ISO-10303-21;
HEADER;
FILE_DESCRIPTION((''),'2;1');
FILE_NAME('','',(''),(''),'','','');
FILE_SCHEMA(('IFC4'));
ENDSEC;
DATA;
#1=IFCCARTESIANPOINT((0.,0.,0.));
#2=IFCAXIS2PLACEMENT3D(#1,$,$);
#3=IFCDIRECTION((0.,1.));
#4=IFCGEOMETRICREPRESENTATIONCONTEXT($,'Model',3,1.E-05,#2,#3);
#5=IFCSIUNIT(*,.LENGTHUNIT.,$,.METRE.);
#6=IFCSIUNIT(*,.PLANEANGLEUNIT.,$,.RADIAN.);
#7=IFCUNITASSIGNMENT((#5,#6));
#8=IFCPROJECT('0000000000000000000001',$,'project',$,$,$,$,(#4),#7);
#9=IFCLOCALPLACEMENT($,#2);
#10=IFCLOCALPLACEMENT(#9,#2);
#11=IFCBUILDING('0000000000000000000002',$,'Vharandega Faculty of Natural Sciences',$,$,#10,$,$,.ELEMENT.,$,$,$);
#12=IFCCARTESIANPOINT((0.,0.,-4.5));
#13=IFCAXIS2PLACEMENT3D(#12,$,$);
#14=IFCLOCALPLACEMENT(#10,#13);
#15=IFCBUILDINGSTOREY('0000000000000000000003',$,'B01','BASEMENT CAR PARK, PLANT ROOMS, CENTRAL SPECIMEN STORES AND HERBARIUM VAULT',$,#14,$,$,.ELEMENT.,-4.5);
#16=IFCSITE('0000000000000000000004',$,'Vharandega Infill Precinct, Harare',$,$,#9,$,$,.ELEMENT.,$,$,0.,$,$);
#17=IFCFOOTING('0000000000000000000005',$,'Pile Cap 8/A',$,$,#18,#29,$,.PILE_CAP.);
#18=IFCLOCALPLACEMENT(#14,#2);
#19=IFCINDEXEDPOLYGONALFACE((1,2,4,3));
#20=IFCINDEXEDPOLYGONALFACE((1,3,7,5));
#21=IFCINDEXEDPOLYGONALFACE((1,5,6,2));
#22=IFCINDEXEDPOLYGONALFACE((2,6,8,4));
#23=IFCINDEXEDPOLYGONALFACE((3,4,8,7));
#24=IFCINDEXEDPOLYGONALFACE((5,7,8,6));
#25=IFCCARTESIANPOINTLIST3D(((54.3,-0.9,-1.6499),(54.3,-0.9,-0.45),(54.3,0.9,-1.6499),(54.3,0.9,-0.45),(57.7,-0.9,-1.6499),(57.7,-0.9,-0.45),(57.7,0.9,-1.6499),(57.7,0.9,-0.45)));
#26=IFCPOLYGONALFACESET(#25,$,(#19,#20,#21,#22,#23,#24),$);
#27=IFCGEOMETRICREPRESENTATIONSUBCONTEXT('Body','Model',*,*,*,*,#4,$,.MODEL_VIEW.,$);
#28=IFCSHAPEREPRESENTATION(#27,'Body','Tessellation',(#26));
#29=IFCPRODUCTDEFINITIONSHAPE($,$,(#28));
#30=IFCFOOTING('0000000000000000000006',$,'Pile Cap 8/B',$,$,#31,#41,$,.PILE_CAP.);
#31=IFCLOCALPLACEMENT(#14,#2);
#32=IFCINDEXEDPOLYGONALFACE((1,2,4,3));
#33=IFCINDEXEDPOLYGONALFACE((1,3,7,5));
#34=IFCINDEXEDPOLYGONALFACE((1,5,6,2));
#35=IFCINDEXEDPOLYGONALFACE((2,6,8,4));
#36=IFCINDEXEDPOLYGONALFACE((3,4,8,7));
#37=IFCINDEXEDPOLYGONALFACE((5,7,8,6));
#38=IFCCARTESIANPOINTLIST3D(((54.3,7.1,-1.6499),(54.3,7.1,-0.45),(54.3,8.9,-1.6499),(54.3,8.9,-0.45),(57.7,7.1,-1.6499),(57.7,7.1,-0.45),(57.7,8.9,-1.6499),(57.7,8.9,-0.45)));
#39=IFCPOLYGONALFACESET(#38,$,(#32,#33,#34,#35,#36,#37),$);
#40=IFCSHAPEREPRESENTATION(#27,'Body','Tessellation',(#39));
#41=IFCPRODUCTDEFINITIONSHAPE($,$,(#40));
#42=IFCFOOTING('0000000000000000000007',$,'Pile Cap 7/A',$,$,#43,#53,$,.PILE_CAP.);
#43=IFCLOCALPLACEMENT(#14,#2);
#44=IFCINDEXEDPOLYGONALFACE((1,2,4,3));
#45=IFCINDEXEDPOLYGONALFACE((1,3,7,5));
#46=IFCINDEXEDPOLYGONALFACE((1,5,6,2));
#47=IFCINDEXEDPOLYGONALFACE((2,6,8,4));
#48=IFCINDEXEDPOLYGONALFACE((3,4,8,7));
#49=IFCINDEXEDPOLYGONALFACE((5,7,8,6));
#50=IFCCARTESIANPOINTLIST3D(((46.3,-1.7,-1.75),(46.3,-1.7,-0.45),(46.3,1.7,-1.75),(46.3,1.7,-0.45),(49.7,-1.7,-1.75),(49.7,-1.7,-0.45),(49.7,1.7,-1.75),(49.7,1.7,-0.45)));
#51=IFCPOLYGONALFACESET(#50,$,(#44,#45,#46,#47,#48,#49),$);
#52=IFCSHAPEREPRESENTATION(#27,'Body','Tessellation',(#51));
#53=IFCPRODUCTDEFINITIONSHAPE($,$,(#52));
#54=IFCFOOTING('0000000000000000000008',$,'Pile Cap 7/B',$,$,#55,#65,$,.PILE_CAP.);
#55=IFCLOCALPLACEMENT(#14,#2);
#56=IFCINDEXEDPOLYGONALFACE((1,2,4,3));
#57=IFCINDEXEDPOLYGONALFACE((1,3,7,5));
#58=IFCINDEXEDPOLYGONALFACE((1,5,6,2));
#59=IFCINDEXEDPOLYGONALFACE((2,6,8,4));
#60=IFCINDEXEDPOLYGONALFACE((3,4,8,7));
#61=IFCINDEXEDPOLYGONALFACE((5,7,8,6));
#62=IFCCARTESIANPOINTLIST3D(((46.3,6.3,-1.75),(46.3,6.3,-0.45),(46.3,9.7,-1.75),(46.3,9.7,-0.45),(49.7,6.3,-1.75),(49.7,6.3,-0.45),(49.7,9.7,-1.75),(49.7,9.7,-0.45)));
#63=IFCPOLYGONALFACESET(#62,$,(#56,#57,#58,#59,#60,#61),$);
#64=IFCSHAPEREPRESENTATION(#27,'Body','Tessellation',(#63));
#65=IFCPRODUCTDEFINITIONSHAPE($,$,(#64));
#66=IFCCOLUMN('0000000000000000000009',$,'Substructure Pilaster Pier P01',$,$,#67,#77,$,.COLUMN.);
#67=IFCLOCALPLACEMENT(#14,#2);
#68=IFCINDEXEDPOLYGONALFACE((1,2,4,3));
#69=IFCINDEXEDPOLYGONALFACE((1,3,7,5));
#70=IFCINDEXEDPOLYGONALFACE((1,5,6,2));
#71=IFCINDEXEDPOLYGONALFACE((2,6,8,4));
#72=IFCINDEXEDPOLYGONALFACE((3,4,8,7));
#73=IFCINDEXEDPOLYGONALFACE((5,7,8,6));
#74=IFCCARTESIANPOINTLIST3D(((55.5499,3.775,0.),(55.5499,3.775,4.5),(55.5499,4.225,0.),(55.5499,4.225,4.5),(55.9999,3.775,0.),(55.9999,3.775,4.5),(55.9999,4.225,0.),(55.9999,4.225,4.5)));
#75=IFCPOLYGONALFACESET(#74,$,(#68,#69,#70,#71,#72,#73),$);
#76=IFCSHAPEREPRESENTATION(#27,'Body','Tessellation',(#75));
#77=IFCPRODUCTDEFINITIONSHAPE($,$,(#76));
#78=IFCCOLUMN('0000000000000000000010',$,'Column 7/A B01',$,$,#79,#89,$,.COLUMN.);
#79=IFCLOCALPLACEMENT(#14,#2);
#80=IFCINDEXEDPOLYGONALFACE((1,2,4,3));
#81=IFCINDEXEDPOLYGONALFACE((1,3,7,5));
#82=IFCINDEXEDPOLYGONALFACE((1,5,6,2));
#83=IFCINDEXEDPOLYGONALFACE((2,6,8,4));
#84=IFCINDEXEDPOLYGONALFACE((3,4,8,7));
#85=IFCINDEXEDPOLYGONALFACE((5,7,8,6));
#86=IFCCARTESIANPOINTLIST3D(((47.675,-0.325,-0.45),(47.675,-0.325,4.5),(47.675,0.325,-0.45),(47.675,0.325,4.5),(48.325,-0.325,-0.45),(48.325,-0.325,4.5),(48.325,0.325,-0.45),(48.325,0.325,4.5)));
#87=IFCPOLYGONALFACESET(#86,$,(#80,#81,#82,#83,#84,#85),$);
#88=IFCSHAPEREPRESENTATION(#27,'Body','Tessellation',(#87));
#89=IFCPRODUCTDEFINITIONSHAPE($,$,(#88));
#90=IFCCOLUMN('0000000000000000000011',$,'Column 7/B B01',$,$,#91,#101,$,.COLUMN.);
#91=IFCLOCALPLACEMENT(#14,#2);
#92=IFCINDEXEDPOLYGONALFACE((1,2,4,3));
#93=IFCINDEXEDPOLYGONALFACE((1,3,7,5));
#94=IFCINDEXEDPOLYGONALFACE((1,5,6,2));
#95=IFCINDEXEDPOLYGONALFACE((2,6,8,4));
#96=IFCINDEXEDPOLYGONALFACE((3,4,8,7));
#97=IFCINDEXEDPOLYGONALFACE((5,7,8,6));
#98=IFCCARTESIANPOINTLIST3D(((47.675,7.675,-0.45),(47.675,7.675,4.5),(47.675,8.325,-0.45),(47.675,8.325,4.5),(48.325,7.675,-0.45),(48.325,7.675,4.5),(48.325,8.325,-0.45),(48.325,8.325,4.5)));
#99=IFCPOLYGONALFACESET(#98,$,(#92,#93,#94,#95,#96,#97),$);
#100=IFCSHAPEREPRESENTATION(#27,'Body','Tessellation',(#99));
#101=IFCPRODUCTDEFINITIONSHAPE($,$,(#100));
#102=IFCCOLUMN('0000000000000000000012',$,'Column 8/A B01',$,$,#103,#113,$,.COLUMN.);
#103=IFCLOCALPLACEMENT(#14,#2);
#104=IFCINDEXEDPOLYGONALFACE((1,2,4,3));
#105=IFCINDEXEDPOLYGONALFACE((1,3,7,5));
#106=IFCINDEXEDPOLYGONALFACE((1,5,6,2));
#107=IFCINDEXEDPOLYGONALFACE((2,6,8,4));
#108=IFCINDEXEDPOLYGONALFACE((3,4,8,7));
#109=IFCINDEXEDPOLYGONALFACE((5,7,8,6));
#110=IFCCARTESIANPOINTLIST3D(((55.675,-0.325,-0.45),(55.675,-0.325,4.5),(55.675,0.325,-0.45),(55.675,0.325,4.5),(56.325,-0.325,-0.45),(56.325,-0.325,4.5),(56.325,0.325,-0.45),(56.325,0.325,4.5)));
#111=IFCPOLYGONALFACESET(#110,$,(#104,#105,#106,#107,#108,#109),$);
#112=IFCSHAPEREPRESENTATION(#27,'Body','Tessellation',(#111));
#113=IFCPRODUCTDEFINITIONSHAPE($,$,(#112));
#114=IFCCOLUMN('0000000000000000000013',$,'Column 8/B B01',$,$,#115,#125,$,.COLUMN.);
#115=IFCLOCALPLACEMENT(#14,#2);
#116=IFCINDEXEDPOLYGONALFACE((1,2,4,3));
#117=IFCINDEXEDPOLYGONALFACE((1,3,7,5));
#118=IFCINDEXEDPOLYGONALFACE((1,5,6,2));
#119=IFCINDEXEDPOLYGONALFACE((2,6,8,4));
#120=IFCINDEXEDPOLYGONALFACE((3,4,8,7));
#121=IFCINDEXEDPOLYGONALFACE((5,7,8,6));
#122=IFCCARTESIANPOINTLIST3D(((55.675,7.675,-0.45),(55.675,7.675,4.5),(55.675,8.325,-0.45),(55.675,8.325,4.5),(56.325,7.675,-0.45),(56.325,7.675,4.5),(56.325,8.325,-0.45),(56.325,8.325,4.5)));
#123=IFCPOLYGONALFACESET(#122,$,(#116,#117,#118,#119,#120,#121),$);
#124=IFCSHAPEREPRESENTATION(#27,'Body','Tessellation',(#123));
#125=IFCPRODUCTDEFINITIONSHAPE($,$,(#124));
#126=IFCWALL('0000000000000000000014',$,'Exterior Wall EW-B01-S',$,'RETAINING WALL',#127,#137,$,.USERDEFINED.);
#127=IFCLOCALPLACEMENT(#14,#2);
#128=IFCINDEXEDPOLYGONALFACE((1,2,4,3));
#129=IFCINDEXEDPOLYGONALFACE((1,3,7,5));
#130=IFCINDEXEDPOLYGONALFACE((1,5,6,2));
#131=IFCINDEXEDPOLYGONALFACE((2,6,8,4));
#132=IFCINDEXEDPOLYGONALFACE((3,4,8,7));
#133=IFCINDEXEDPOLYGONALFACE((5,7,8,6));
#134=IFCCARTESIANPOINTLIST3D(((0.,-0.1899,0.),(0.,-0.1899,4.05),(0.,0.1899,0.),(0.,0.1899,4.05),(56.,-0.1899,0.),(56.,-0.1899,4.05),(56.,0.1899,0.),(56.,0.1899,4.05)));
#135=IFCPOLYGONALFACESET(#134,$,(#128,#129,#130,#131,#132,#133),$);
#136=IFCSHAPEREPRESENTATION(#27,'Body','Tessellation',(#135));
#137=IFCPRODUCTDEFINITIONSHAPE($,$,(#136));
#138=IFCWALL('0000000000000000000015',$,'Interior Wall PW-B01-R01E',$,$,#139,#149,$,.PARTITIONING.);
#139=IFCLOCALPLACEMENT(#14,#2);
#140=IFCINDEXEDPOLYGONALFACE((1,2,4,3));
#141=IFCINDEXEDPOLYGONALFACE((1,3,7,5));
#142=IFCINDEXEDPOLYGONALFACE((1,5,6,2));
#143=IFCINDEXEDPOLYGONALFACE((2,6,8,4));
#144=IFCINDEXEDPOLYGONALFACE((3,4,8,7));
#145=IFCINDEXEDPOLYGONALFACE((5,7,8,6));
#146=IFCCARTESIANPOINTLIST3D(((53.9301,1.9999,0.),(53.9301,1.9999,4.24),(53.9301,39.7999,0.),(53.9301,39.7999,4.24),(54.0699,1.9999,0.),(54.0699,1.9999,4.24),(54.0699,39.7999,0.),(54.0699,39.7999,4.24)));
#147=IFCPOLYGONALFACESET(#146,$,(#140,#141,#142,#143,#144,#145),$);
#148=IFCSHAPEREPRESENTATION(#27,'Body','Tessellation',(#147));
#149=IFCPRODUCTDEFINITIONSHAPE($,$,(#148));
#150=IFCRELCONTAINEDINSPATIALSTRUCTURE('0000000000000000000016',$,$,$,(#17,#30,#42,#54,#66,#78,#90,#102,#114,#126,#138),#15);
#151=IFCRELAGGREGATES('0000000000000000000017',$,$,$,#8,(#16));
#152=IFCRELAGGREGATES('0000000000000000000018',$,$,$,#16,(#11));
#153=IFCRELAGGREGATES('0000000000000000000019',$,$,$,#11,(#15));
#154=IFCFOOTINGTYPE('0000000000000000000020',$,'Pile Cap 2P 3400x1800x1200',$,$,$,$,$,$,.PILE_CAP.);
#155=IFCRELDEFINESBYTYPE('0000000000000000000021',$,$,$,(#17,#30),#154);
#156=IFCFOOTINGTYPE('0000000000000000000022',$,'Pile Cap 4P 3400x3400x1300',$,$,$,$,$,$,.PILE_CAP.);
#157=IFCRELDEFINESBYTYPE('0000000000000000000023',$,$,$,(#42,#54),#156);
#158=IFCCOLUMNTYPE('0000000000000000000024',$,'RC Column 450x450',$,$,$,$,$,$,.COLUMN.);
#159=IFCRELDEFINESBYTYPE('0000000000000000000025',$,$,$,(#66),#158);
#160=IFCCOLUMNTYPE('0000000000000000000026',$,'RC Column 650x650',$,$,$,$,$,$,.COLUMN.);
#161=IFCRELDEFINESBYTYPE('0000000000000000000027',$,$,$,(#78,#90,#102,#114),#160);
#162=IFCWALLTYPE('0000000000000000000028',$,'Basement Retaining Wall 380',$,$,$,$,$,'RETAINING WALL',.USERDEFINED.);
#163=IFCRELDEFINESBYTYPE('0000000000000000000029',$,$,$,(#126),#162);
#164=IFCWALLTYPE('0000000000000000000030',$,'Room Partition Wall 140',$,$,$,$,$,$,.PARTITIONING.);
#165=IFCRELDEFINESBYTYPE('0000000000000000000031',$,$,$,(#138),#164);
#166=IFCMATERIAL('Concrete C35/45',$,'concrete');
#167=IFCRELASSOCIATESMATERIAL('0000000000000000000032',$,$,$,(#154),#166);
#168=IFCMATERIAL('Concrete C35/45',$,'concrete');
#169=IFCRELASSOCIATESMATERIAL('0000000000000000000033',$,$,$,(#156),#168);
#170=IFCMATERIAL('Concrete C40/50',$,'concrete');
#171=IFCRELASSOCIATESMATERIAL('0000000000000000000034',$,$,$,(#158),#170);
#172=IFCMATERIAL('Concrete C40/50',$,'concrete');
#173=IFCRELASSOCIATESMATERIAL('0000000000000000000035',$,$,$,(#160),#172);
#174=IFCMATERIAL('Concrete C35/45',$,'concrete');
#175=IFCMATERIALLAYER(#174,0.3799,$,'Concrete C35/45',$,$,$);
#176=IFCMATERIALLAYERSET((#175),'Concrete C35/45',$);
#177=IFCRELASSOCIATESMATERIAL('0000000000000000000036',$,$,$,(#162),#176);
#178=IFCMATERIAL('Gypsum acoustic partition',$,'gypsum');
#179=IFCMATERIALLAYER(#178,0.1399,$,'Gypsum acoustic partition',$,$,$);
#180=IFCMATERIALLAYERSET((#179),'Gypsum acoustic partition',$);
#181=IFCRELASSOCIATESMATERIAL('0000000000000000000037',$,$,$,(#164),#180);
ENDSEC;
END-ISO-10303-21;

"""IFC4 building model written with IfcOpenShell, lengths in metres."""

from ifc_helpers import new_model, si_unit, direction, frame, frame_2d, origin, origin_2d, place, context, subcontext, project, spatial, rectangle, extrude, material, layer, layer_set, material_profile, profile_set, type_object, element, save


model = new_model("IFC4")

# Units and contexts
model_context = context("Model", 3, precision=1e-05, world=origin(), true_north=direction((0.0, 1.0)))
body_context = subcontext(model_context, "Body", "Model", "MODEL_VIEW")
ifc_project = project(units=[si_unit("LENGTHUNIT", "METRE"), si_unit("PLANEANGLEUNIT", "RADIAN")], contexts=[model_context])

# Site, building, storey
site_placement = place(None, origin())
site = spatial("IfcSite", under=ifc_project, at=site_placement, Name="Vharandega Infill Precinct, Harare", CompositionType="ELEMENT", RefElevation=0.0)
building_placement = place(site_placement, origin())
building = spatial("IfcBuilding", under=site, at=building_placement, Name="Vharandega Faculty of Natural Sciences", CompositionType="ELEMENT")
storey_placement = place(building_placement, frame((0.0, 0.0, -4.5)))
storey = spatial("IfcBuildingStorey", under=building, at=storey_placement, Name="B01", Description="BASEMENT CAR PARK, PLANT ROOMS, CENTRAL SPECIMEN STORES AND HERBARIUM VAULT", CompositionType="ELEMENT", Elevation=-4.5)

# Footings
ifc_material_1 = material(Name="Concrete C35/45", Category="concrete")
footing_type_1 = type_object("IfcFootingType", Name="Pile Cap 2P 3400x1800x1200", PredefinedType="PILE_CAP", material=ifc_material_1)
for number, where, z_axis, x_axis, name in (
    (1, (56.0, 0.0, -1.6499), (0.0, 0.0, 1.0), (1.0, 0.0, 0.0), "Pile Cap 8/A"),
    (2, (56.0, 8.0, -1.6499), (0.0, 0.0, 1.0), (1.0, 0.0, 0.0), "Pile Cap 8/B"),
):
    element("IfcFooting", number, at=place(storey_placement, frame(where, z_axis=z_axis, x_axis=x_axis)), inside=storey, type_object=footing_type_1, Name=name, PredefinedType="PILE_CAP", context=body_context, shape_type="SweptSolid", body=[
        extrude(rectangle(XDim=3.3999, YDim=1.8, at=origin_2d()), origin(), (0.0, 0.0, 1.0), 1.2),
    ])
ifc_material_2 = material(Name="Concrete C35/45", Category="concrete")
footing_type_2 = type_object("IfcFootingType", Name="Pile Cap 4P 3400x3400x1300", PredefinedType="PILE_CAP", material=ifc_material_2)
for number, where, z_axis, x_axis, name in (
    (3, (48.0, 0.0, -1.75), (0.0, 0.0, 1.0), (1.0, 0.0, 0.0), "Pile Cap 7/A"),
    (4, (48.0, 8.0, -1.75), (0.0, 0.0, 1.0), (1.0, 0.0, 0.0), "Pile Cap 7/B"),
):
    element("IfcFooting", number, at=place(storey_placement, frame(where, z_axis=z_axis, x_axis=x_axis)), inside=storey, type_object=footing_type_2, Name=name, PredefinedType="PILE_CAP", context=body_context, shape_type="SweptSolid", body=[
        extrude(rectangle(XDim=3.3999, YDim=3.3999, at=origin_2d()), origin(), (0.0, 0.0, 1.0), 1.3),
    ])

# Columns
ifc_material_3 = material(Name="Concrete C40/50", Category="concrete")
ifc_material_profile_1 = material_profile(ifc_material_3, rectangle(XDim=0.45, YDim=0.45, at=origin_2d()), Name="RC 450x450")
ifc_profile_set_1 = profile_set([ifc_material_profile_1], Name="Concrete C40/50")
column_type_1 = type_object("IfcColumnType", Name="RC Column 450x450", PredefinedType="COLUMN", material=ifc_profile_set_1)
column_placement = place(storey_placement, frame((55.7749, 4.0, 0.0), z_axis=(0.0, 0.0, 1.0), x_axis=(1.0, 0.0, 0.0)))
element("IfcColumn", 5, at=column_placement, inside=storey, type_object=column_type_1, Name="Substructure Pilaster Pier P01", PredefinedType="COLUMN", context=body_context, shape_type="SweptSolid", body=[
    extrude(rectangle(XDim=0.45, YDim=0.45, at=origin_2d()), origin(), (0.0, 0.0, 1.0), 4.5),
])
ifc_material_4 = material(Name="Concrete C40/50", Category="concrete")
ifc_material_profile_2 = material_profile(ifc_material_4, rectangle(XDim=0.6499, YDim=0.6499, at=origin_2d()), Name="RC 650x650")
ifc_profile_set_2 = profile_set([ifc_material_profile_2], Name="Concrete C40/50")
column_type_2 = type_object("IfcColumnType", Name="RC Column 650x650", PredefinedType="COLUMN", material=ifc_profile_set_2)
for number, where, z_axis, x_axis, name in (
    (6, (48.0, 0.0, -0.45), (0.0, 0.0, 1.0), (1.0, 0.0, 0.0), "Column 7/A B01"),
    (7, (48.0, 8.0, -0.45), (0.0, 0.0, 1.0), (1.0, 0.0, 0.0), "Column 7/B B01"),
    (8, (56.0, 0.0, -0.45), (0.0, 0.0, 1.0), (1.0, 0.0, 0.0), "Column 8/A B01"),
    (9, (56.0, 8.0, -0.45), (0.0, 0.0, 1.0), (1.0, 0.0, 0.0), "Column 8/B B01"),
):
    element("IfcColumn", number, at=place(storey_placement, frame(where, z_axis=z_axis, x_axis=x_axis)), inside=storey, type_object=column_type_2, Name=name, PredefinedType="COLUMN", context=body_context, shape_type="SweptSolid", body=[
        extrude(rectangle(XDim=0.6499, YDim=0.6499, at=origin_2d()), origin(), (0.0, 0.0, 1.0), 4.95),
    ])

# Walls
ifc_material_5 = material(Name="Concrete C35/45", Category="concrete")
ifc_layer_1 = layer(ifc_material_5, 0.3799, Name="Concrete C35/45")
ifc_layer_set_1 = layer_set([ifc_layer_1], Name="Concrete C35/45")
wall_type_1 = type_object("IfcWallType", Name="Basement Retaining Wall 380", ElementType="RETAINING WALL", PredefinedType="USERDEFINED", material=ifc_layer_set_1)
wall_1_placement = place(storey_placement, frame((56.0, 0.0, 0.0), z_axis=(0.0, 0.0, 1.0), x_axis=(-1.0, 0.0, 0.0)))
element("IfcWall", 10, at=wall_1_placement, inside=storey, type_object=wall_type_1, Name="Exterior Wall EW-B01-S", ObjectType="RETAINING WALL", PredefinedType="USERDEFINED", context=body_context, shape_type="SweptSolid", body=[
    extrude(rectangle(XDim=56.0, YDim=0.3799, at=frame_2d((28.0, 0.0))), origin(), (0.0, 0.0, 1.0), 4.05),
])
ifc_material_6 = material(Name="Gypsum acoustic partition", Category="gypsum")
ifc_layer_2 = layer(ifc_material_6, 0.1399, Name="Gypsum acoustic partition")
ifc_layer_set_2 = layer_set([ifc_layer_2], Name="Gypsum acoustic partition")
wall_type_2 = type_object("IfcWallType", Name="Room Partition Wall 140", PredefinedType="PARTITIONING", material=ifc_layer_set_2)
wall_2_placement = place(storey_placement, frame((54.0, 2.0, 0.0), z_axis=(0.0, 0.0, 1.0), x_axis=(0.0, 1.0, 0.0)))
element("IfcWall", 11, at=wall_2_placement, inside=storey, type_object=wall_type_2, Name="Interior Wall PW-B01-R01E", PredefinedType="PARTITIONING", context=body_context, shape_type="SweptSolid", body=[
    extrude(rectangle(XDim=37.8, YDim=0.1399, at=frame_2d((18.8999, 0.0))), origin(), (0.0, 0.0, 1.0), 4.24),
])

save(model, "model.ifc")
